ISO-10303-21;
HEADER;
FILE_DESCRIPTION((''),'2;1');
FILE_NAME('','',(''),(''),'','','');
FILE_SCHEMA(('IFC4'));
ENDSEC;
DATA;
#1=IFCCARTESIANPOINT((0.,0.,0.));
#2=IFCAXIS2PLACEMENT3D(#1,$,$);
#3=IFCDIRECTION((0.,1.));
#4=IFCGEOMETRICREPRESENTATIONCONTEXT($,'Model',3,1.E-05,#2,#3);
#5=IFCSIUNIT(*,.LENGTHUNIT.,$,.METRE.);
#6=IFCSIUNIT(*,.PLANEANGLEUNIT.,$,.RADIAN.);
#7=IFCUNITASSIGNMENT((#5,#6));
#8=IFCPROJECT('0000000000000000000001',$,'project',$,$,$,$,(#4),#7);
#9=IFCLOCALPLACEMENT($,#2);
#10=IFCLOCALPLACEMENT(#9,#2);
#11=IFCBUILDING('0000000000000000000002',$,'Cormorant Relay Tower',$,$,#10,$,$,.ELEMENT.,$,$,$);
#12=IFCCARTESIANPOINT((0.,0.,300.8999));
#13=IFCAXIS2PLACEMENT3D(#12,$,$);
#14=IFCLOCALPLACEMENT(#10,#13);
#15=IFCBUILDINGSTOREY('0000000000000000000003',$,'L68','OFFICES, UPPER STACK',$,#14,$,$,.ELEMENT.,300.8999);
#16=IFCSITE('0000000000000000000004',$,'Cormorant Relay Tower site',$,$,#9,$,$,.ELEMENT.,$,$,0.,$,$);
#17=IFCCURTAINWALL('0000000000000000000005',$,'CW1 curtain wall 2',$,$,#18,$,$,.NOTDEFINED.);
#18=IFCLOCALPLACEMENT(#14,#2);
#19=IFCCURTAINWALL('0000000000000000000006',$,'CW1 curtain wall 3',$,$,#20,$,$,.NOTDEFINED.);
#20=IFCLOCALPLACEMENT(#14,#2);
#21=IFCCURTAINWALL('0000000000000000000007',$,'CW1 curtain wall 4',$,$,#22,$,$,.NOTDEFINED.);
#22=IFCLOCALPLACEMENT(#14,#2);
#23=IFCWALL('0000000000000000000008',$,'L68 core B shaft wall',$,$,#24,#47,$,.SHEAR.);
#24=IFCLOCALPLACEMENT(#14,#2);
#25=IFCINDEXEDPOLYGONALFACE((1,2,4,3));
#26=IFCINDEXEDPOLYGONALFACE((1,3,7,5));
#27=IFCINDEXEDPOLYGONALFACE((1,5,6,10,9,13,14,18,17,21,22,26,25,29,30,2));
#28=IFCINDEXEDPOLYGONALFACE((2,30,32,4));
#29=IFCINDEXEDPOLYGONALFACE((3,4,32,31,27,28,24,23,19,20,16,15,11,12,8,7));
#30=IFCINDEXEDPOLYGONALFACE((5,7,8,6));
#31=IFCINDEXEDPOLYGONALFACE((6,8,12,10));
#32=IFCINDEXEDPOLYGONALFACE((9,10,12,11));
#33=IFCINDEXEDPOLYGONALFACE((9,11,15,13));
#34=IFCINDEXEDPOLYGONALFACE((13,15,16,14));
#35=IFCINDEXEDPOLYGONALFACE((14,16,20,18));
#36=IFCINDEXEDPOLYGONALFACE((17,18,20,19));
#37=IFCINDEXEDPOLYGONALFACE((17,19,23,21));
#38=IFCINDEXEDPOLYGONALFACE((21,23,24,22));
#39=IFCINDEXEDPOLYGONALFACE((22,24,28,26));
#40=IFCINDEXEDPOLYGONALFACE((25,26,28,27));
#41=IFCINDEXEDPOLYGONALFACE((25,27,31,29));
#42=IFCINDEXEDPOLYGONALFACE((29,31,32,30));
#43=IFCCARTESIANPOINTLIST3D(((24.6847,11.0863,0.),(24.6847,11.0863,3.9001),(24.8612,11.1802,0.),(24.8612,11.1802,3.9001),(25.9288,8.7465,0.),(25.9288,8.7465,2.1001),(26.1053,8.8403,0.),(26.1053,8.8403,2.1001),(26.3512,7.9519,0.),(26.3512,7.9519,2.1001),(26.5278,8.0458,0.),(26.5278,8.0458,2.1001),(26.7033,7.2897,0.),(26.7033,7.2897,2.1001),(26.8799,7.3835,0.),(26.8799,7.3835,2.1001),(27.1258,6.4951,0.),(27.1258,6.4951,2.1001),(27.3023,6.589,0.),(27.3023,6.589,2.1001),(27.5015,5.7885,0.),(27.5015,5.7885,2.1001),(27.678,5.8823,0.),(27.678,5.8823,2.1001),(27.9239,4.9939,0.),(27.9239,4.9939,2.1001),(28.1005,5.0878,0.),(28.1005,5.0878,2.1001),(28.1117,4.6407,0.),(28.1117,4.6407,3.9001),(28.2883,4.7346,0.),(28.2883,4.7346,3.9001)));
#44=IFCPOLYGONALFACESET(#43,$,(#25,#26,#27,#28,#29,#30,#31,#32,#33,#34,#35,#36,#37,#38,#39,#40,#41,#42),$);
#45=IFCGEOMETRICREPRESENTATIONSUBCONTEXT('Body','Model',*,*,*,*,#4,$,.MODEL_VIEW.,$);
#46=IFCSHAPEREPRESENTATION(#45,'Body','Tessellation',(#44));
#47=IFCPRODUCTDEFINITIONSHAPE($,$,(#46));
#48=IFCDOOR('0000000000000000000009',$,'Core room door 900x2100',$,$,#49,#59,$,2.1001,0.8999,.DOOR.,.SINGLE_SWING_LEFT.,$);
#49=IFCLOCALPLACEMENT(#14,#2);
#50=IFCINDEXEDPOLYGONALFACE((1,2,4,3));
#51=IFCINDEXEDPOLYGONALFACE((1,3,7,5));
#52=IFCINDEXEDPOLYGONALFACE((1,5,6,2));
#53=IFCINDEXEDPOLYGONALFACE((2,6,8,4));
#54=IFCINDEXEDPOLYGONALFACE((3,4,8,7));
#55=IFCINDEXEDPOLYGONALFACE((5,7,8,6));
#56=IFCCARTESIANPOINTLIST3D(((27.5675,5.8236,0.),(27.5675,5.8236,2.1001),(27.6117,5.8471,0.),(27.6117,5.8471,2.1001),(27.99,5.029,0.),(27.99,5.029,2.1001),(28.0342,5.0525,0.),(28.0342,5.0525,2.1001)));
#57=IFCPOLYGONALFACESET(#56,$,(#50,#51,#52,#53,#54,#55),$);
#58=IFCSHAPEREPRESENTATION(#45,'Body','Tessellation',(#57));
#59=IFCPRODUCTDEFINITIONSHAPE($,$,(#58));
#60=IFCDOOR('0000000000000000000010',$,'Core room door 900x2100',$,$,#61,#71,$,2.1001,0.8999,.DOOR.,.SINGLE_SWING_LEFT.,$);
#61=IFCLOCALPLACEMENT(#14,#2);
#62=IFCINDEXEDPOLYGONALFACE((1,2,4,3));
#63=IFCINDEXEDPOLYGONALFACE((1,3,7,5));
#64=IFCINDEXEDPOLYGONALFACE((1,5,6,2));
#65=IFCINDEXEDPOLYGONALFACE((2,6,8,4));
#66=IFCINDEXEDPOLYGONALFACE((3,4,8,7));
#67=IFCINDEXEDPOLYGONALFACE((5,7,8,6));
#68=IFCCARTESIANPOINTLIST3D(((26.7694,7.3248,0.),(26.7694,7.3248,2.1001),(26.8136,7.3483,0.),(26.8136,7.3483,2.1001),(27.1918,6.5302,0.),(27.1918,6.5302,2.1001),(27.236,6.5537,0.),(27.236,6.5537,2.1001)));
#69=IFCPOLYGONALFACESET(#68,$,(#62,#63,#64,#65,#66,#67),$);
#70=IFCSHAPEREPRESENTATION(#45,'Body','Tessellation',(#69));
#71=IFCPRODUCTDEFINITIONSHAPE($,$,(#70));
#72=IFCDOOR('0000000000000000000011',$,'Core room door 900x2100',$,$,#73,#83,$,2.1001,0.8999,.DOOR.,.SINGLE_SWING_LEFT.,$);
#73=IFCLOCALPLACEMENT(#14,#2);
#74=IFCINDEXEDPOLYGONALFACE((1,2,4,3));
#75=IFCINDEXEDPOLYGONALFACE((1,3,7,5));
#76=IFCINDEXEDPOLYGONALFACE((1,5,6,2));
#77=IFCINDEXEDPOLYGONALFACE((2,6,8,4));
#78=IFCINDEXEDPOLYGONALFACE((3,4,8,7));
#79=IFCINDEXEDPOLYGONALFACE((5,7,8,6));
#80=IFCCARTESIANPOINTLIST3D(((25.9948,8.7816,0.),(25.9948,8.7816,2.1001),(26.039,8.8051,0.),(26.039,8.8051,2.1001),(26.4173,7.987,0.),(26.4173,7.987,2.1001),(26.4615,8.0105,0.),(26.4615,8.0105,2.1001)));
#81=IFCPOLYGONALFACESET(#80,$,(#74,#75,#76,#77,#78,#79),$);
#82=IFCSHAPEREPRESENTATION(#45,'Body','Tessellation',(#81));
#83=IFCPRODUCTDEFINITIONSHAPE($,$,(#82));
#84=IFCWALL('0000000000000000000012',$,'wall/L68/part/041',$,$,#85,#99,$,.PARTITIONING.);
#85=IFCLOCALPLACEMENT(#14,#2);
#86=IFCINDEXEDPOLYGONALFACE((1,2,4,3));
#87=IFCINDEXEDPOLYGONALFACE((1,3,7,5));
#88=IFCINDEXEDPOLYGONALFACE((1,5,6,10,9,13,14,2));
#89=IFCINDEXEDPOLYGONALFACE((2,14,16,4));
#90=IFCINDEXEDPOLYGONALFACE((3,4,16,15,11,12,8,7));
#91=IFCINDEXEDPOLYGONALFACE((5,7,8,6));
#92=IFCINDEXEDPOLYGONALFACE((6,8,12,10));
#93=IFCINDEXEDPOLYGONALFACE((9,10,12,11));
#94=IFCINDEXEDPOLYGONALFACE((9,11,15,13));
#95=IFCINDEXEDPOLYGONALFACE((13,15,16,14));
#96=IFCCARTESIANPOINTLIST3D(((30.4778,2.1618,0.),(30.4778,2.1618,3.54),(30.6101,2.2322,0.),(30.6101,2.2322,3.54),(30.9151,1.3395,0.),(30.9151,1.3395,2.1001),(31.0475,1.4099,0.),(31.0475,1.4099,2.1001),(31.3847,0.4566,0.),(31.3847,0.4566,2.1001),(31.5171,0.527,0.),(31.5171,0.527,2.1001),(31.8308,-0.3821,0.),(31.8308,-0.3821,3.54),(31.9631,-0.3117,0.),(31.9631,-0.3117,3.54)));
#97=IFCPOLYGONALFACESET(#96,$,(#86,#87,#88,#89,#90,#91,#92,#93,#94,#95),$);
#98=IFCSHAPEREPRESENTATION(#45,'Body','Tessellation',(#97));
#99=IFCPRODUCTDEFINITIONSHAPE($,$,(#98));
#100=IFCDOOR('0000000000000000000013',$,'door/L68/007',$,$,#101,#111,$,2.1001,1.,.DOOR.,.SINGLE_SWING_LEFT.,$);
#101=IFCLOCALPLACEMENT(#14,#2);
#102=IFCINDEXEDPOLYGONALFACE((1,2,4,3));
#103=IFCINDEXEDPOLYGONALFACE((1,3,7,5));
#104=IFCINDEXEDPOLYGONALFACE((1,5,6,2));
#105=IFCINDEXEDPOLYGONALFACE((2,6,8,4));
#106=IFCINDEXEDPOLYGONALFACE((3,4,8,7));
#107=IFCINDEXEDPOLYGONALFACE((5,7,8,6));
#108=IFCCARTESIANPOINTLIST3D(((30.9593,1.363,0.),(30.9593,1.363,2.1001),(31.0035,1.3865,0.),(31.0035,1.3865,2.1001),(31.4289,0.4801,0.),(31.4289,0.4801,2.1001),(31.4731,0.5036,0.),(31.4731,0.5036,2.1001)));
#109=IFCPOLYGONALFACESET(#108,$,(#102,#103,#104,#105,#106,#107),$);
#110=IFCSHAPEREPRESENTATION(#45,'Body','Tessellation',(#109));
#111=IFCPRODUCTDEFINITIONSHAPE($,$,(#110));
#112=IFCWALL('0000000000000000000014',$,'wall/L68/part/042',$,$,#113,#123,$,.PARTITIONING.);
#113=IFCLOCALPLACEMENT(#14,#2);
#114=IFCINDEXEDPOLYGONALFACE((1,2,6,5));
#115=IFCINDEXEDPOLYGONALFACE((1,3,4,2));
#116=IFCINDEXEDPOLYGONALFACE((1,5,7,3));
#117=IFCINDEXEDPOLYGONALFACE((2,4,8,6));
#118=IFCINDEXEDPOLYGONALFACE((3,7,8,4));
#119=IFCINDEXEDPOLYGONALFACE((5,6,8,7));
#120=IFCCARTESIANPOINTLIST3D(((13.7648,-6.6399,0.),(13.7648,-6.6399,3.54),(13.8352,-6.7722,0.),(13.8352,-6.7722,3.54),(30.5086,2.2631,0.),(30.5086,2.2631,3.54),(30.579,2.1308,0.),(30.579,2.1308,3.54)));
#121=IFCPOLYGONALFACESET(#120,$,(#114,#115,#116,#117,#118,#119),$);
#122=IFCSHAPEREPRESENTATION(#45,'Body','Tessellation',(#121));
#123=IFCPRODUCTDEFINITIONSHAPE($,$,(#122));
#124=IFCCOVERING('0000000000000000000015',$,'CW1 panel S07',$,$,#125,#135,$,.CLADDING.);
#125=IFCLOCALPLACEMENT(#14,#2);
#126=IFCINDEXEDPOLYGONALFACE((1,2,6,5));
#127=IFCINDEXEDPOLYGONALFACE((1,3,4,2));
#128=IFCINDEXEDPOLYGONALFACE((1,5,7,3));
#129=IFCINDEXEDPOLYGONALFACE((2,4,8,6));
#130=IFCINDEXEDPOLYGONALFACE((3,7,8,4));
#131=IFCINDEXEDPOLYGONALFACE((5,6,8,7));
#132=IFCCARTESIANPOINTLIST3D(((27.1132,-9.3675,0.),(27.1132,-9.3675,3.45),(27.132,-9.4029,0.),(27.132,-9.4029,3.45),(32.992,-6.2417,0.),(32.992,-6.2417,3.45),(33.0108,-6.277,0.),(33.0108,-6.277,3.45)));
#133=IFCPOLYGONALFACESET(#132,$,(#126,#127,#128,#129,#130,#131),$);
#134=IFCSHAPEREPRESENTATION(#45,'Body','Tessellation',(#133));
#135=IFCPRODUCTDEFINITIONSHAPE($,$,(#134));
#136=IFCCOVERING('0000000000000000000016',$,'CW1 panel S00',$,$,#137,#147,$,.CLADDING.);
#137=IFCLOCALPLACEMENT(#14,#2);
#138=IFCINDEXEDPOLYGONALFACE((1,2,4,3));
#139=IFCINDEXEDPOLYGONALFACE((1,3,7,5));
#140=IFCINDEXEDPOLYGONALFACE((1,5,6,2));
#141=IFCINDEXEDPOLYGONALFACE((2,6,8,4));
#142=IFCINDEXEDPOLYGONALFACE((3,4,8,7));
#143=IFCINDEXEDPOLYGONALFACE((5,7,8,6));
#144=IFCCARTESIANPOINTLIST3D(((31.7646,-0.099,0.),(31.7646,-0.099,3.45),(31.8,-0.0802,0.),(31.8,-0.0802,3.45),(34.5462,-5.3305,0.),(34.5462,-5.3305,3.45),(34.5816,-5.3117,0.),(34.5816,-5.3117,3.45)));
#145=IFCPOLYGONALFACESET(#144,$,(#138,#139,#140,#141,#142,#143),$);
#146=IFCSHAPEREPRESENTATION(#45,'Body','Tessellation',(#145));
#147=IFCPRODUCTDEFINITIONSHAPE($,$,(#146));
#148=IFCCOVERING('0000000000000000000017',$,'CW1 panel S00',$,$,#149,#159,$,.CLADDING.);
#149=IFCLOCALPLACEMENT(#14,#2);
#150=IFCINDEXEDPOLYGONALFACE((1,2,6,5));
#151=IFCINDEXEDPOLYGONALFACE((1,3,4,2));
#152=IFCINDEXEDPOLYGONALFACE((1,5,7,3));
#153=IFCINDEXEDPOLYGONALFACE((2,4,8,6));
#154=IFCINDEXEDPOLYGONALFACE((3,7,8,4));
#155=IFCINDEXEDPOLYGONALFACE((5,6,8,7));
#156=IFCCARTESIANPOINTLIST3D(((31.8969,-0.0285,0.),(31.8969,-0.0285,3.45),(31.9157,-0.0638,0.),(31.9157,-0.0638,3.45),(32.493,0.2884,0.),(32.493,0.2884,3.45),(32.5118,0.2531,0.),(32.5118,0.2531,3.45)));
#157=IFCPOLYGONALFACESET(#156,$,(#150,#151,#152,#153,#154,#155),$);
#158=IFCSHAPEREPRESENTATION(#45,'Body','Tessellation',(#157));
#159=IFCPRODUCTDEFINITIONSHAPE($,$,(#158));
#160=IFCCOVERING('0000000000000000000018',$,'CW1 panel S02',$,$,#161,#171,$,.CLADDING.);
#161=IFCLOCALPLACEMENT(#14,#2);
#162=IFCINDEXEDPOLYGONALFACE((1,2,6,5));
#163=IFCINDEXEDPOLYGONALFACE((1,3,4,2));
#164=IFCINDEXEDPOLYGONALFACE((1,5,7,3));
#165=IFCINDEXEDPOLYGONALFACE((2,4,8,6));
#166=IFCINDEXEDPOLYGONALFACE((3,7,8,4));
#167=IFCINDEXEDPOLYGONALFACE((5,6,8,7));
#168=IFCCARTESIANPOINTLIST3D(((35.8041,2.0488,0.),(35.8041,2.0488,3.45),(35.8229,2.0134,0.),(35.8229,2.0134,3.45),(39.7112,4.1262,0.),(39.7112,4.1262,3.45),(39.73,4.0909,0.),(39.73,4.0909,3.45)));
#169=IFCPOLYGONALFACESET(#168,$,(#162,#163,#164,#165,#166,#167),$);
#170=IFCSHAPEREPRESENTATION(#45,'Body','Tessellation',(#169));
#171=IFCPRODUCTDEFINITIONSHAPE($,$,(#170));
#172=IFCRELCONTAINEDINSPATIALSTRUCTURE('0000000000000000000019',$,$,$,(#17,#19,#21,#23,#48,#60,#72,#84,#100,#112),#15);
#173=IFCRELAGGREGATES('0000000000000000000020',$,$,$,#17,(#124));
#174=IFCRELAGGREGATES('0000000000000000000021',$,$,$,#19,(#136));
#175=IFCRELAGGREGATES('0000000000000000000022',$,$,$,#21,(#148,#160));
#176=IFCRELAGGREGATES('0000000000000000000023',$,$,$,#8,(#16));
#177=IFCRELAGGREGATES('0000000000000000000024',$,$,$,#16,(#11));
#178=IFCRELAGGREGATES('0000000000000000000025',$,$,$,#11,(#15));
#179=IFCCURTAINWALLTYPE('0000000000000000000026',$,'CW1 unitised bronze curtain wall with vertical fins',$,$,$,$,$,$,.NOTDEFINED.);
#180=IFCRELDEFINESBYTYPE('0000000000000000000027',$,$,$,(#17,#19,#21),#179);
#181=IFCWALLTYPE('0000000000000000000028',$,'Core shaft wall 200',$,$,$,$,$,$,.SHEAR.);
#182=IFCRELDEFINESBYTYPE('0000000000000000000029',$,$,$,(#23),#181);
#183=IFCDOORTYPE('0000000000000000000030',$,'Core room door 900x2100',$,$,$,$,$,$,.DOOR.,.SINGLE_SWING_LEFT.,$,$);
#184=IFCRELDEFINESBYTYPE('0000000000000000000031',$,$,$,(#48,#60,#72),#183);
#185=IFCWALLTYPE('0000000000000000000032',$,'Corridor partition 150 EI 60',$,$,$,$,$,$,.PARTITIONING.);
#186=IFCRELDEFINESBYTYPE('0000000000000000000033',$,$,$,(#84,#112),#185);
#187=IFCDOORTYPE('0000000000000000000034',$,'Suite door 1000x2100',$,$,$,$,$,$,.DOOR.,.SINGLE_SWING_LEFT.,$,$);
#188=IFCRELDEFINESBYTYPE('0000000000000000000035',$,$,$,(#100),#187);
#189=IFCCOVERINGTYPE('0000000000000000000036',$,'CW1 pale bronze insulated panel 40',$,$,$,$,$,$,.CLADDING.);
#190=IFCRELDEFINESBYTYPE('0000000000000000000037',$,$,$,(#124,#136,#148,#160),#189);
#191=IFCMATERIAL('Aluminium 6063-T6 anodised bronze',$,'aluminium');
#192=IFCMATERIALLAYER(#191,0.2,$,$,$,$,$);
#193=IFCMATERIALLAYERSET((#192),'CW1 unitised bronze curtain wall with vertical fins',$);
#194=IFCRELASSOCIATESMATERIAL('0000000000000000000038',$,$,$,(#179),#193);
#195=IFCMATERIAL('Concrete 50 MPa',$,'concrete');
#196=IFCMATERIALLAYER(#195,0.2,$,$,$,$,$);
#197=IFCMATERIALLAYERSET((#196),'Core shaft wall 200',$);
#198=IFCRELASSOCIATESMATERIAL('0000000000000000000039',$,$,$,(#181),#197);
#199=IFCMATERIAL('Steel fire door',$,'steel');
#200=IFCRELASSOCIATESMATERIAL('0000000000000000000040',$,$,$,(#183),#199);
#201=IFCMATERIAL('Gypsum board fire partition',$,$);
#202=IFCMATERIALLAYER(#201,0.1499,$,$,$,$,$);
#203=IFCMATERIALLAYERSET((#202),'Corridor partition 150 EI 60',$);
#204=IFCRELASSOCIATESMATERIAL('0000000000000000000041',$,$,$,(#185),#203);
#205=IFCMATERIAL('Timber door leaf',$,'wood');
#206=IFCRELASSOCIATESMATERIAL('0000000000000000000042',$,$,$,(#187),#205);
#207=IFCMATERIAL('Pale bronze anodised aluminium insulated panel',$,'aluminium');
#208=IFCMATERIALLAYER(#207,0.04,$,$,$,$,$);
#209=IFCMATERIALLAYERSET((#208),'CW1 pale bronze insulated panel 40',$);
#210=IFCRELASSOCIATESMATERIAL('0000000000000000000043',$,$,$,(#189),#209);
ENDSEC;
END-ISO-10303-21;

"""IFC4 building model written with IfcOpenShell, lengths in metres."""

from ifc_helpers import new_model, si_unit, direction, frame, frame_2d, origin, origin_2d, place, context, subcontext, project, spatial, rectangle, extrude, material, layer, layer_set, type_object, element, fill, aggregate, save


model = new_model("IFC4")

# Units and contexts
model_context = context("Model", 3, precision=1e-05, world=origin(), true_north=direction((0.0, 1.0)))
body_context = subcontext(model_context, "Body", "Model", "MODEL_VIEW")
ifc_project = project(units=[si_unit("LENGTHUNIT", "METRE"), si_unit("PLANEANGLEUNIT", "RADIAN")], contexts=[model_context])

# Site, building, storey
site_placement = place(None, origin())
site = spatial("IfcSite", under=ifc_project, at=site_placement, Name="Cormorant Relay Tower site", CompositionType="ELEMENT", RefElevation=0.0)
building_placement = place(site_placement, origin())
building = spatial("IfcBuilding", under=site, at=building_placement, Name="Cormorant Relay Tower", CompositionType="ELEMENT")
storey_placement = place(building_placement, frame((0.0, 0.0, 300.8999)))
storey = spatial("IfcBuildingStorey", under=building, at=storey_placement, Name="L68", Description="OFFICES, UPPER STACK", CompositionType="ELEMENT", Elevation=300.8999)

# Curtain walls
ifc_material_1 = material(Name="Aluminium 6063-T6 anodised bronze", Category="aluminium")
ifc_layer_1 = layer(ifc_material_1, 0.2)
ifc_layer_set_1 = layer_set([ifc_layer_1], Name="CW1 unitised bronze curtain wall with vertical fins")
curtain_wall_type = type_object("IfcCurtainWallType", Name="CW1 unitised bronze curtain wall with vertical fins", PredefinedType="NOTDEFINED", material=ifc_layer_set_1)
curtain_wall_1_placement = place(storey_placement, origin())
curtain_wall_1 = element("IfcCurtainWall", 1, at=curtain_wall_1_placement, inside=storey, type_object=curtain_wall_type, Name="CW1 curtain wall 2", PredefinedType="NOTDEFINED")
curtain_wall_2_placement = place(storey_placement, origin())
curtain_wall_2 = element("IfcCurtainWall", 2, at=curtain_wall_2_placement, inside=storey, type_object=curtain_wall_type, Name="CW1 curtain wall 3", PredefinedType="NOTDEFINED")

# Curtain wall
curtain_wall_3_placement = place(storey_placement, origin())
curtain_wall_3 = element("IfcCurtainWall", 3, at=curtain_wall_3_placement, inside=storey, type_object=curtain_wall_type, Name="CW1 curtain wall 4", PredefinedType="NOTDEFINED")

# Shared definitions
ifc_material_2 = material(Name="Concrete 50 MPa", Category="concrete")
ifc_layer_2 = layer(ifc_material_2, 0.2)
ifc_layer_set_2 = layer_set([ifc_layer_2], Name="Core shaft wall 200")
wall_type_1 = type_object("IfcWallType", Name="Core shaft wall 200", PredefinedType="SHEAR", material=ifc_layer_set_2)

# Wall, openings, doors
wall_1_placement = place(storey_placement, frame((28.2, 4.6877, 0.0), z_axis=(0.0, 0.0, 1.0), x_axis=(-0.469454, 0.882957, 0.0)))
wall_1 = element("IfcWall", 4, at=wall_1_placement, inside=storey, type_object=wall_type_1, Name="L68 core B shaft wall", PredefinedType="SHEAR", context=body_context, shape_type="SweptSolid", body=[
    extrude(rectangle(XDim=7.3, YDim=0.2, at=frame_2d((3.6499, 0.0))), origin(), (0.0, 0.0, 1.0), 3.9001),
])
opening_1_placement = place(wall_1_placement, frame((0.3999, 0.0, 0.0)))
opening_1 = element("IfcOpeningElement", 5, at=opening_1_placement, cuts=wall_1, PredefinedType="OPENING", context=body_context, shape_type="SweptSolid", body=[
    extrude(rectangle(XDim=0.8999, YDim=2.1001, at=frame_2d((0.45, 1.05))), frame((0.0, 0.1099, 0.0), z_axis=(0.0, -1.0, 0.0), x_axis=(1.0, 0.0, 0.0)), (0.0, 0.0, 1.0), 0.22),
])
opening_2_placement = place(wall_1_placement, frame((2.1001, 0.0, 0.0)))
opening_2 = element("IfcOpeningElement", 6, at=opening_2_placement, cuts=wall_1, PredefinedType="OPENING", context=body_context, shape_type="SweptSolid", body=[
    extrude(rectangle(XDim=0.8999, YDim=2.1001, at=frame_2d((0.45, 1.05))), frame((0.0, 0.1099, 0.0), z_axis=(0.0, -1.0, 0.0), x_axis=(1.0, 0.0, 0.0)), (0.0, 0.0, 1.0), 0.22),
])
opening_3_placement = place(wall_1_placement, frame((3.75, 0.0, 0.0)))
opening_3 = element("IfcOpeningElement", 7, at=opening_3_placement, cuts=wall_1, PredefinedType="OPENING", context=body_context, shape_type="SweptSolid", body=[
    extrude(rectangle(XDim=0.8999, YDim=2.1001, at=frame_2d((0.45, 1.05))), frame((0.0, 0.1099, 0.0), z_axis=(0.0, -1.0, 0.0), x_axis=(1.0, 0.0, 0.0)), (0.0, 0.0, 1.0), 0.22),
])
ifc_material_3 = material(Name="Steel fire door", Category="steel")
door_type_1 = type_object("IfcDoorType", Name="Core room door 900x2100", OperationType="SINGLE_SWING_LEFT", PredefinedType="DOOR", material=ifc_material_3)
door_1_placement = place(opening_1_placement, frame((0.8999, 0.0, 0.0), z_axis=(0.0, 0.0, 1.0), x_axis=(-1.0, 0.0, 0.0)))
door_1 = element("IfcDoor", 8, at=door_1_placement, inside=storey, type_object=door_type_1, Name="Core room door 900x2100", OperationType="SINGLE_SWING_LEFT", OverallHeight=2.1001, OverallWidth=0.8999, PredefinedType="DOOR", context=body_context, shape_type="SweptSolid", body=[
    extrude(rectangle(XDim=0.8999, YDim=2.1001, at=frame_2d((0.45, 1.05))), frame((0.0, 0.0249, 0.0), z_axis=(0.0, -1.0, 0.0), x_axis=(1.0, 0.0, 0.0)), (0.0, 0.0, 1.0), 0.05),
])
fill(opening_1, door_1)
door_2_placement = place(opening_2_placement, frame((0.8999, 0.0, 0.0), z_axis=(0.0, 0.0, 1.0), x_axis=(-1.0, 0.0, 0.0)))
door_2 = element("IfcDoor", 9, at=door_2_placement, inside=storey, type_object=door_type_1, Name="Core room door 900x2100", OperationType="SINGLE_SWING_LEFT", OverallHeight=2.1001, OverallWidth=0.8999, PredefinedType="DOOR", context=body_context, shape_type="SweptSolid", body=[
    extrude(rectangle(XDim=0.8999, YDim=2.1001, at=frame_2d((0.45, 1.05))), frame((0.0, 0.0249, 0.0), z_axis=(0.0, -1.0, 0.0), x_axis=(1.0, 0.0, 0.0)), (0.0, 0.0, 1.0), 0.05),
])
fill(opening_2, door_2)
door_3_placement = place(opening_3_placement, frame((0.8999, 0.0, 0.0), z_axis=(0.0, 0.0, 1.0), x_axis=(-1.0, 0.0, 0.0)))
door_3 = element("IfcDoor", 10, at=door_3_placement, inside=storey, type_object=door_type_1, Name="Core room door 900x2100", OperationType="SINGLE_SWING_LEFT", OverallHeight=2.1001, OverallWidth=0.8999, PredefinedType="DOOR", context=body_context, shape_type="SweptSolid", body=[
    extrude(rectangle(XDim=0.8999, YDim=2.1001, at=frame_2d((0.45, 1.05))), frame((0.0, 0.0249, 0.0), z_axis=(0.0, -1.0, 0.0), x_axis=(1.0, 0.0, 0.0)), (0.0, 0.0, 1.0), 0.05),
])
fill(opening_3, door_3)

# Wall, opening, door
ifc_material_4 = material(Name="Gypsum board fire partition")
ifc_layer_3 = layer(ifc_material_4, 0.1499)
ifc_layer_set_3 = layer_set([ifc_layer_3], Name="Corridor partition 150 EI 60")
wall_type_2 = type_object("IfcWallType", Name="Corridor partition 150 EI 60", PredefinedType="PARTITIONING", material=ifc_layer_set_3)
wall_2_placement = place(storey_placement, frame((31.897, -0.3469, 0.0), z_axis=(0.0, 0.0, 1.0), x_axis=(-0.469576, 0.882892, 0.0)))
wall_2 = element("IfcWall", 11, at=wall_2_placement, inside=storey, type_object=wall_type_2, Name="wall/L68/part/041", PredefinedType="PARTITIONING", context=body_context, shape_type="SweptSolid", body=[
    extrude(rectangle(XDim=2.8813, YDim=0.1499, at=frame_2d((1.4407, 0.0))), origin(), (0.0, 0.0, 1.0), 3.54),
])
opening_4_placement = place(wall_2_placement, frame((0.95, 0.0, 0.0)))
opening_4 = element("IfcOpeningElement", 12, at=opening_4_placement, cuts=wall_2, PredefinedType="OPENING", context=body_context, shape_type="SweptSolid", body=[
    extrude(rectangle(XDim=1.0, YDim=2.1001, at=frame_2d((0.5, 1.05))), frame((0.0, 0.085, 0.0), z_axis=(0.0, -1.0, 0.0), x_axis=(1.0, 0.0, 0.0)), (0.0, 0.0, 1.0), 0.1699),
])
ifc_material_5 = material(Name="Timber door leaf", Category="wood")
door_type_2 = type_object("IfcDoorType", Name="Suite door 1000x2100", OperationType="SINGLE_SWING_LEFT", PredefinedType="DOOR", material=ifc_material_5)
door_4_placement = place(opening_4_placement, origin())
door_4 = element("IfcDoor", 13, at=door_4_placement, inside=storey, type_object=door_type_2, Name="door/L68/007", OperationType="SINGLE_SWING_LEFT", OverallHeight=2.1001, OverallWidth=1.0, PredefinedType="DOOR", context=body_context, shape_type="SweptSolid", body=[
    extrude(rectangle(XDim=1.0, YDim=2.1001, at=frame_2d((0.5, 1.05))), frame((0.0, 0.0249, 0.0), z_axis=(0.0, -1.0, 0.0), x_axis=(1.0, 0.0, 0.0)), (0.0, 0.0, 1.0), 0.05),
])
fill(opening_4, door_4)

# Wall
wall_3_placement = place(storey_placement, frame((30.5439, 2.197, 0.0), z_axis=(0.0, 0.0, 1.0), x_axis=(-0.882943, -0.469479, 0.0)))
element("IfcWall", 14, at=wall_3_placement, inside=storey, type_object=wall_type_2, Name="wall/L68/part/042", PredefinedType="PARTITIONING", context=body_context, shape_type="SweptSolid", body=[
    extrude(rectangle(XDim=18.9636, YDim=0.1499, at=frame_2d((9.4819, 0.0))), origin(), (0.0, 0.0, 1.0), 3.54),
])

# Coverings
ifc_material_6 = material(Name="Pale bronze anodised aluminium insulated panel", Category="aluminium")
ifc_layer_4 = layer(ifc_material_6, 0.04)
ifc_layer_set_4 = layer_set([ifc_layer_4], Name="CW1 pale bronze insulated panel 40")
covering_type = type_object("IfcCoveringType", Name="CW1 pale bronze insulated panel 40", PredefinedType="CLADDING", material=ifc_layer_set_4)
covering_1_placement = place(storey_placement, frame((30.062, -7.8223, 0.0), z_axis=(0.0, 0.0, 1.0), x_axis=(0.882948, 0.469472, 0.0)))
covering_1 = element("IfcCovering", 15, at=covering_1_placement, type_object=covering_type, Name="CW1 panel S07", PredefinedType="CLADDING", context=body_context, shape_type="SweptSolid", body=[
    extrude(rectangle(XDim=6.6582, YDim=0.04, at=origin_2d()), origin(), (0.0, 0.0, 1.0), 3.45),
])
aggregate(curtain_wall_1, [covering_1])
covering_2_placement = place(storey_placement, frame((33.1731, -2.7053, 0.0), z_axis=(0.0, 0.0, 1.0), x_axis=(-0.469472, 0.882948, 0.0)))
covering_2 = element("IfcCovering", 16, at=covering_2_placement, type_object=covering_type, Name="CW1 panel S00", PredefinedType="CLADDING", context=body_context, shape_type="SweptSolid", body=[
    extrude(rectangle(XDim=5.925, YDim=0.04, at=origin_2d()), origin(), (0.0, 0.0, 1.0), 3.45),
])
aggregate(curtain_wall_2, [covering_2])
covering_3_placement = place(storey_placement, frame((32.2043, 0.1123, 0.0), z_axis=(0.0, 0.0, 1.0), x_axis=(0.882948, 0.469472, 0.0)))
covering_3 = element("IfcCovering", 17, at=covering_3_placement, type_object=covering_type, Name="CW1 panel S00", PredefinedType="CLADDING", context=body_context, shape_type="SweptSolid", body=[
    extrude(rectangle(XDim=0.675, YDim=0.04, at=origin_2d()), origin(), (0.0, 0.0, 1.0), 3.45),
])
covering_4_placement = place(storey_placement, frame((37.7671, 3.0698, 0.0), z_axis=(0.0, 0.0, 1.0), x_axis=(0.882948, 0.469472, 0.0)))
covering_4 = element("IfcCovering", 18, at=covering_4_placement, type_object=covering_type, Name="CW1 panel S02", PredefinedType="CLADDING", context=body_context, shape_type="SweptSolid", body=[
    extrude(rectangle(XDim=4.425, YDim=0.04, at=origin_2d()), origin(), (0.0, 0.0, 1.0), 3.45),
])
aggregate(curtain_wall_3, [covering_3, covering_4])

save(model, "model.ifc")
